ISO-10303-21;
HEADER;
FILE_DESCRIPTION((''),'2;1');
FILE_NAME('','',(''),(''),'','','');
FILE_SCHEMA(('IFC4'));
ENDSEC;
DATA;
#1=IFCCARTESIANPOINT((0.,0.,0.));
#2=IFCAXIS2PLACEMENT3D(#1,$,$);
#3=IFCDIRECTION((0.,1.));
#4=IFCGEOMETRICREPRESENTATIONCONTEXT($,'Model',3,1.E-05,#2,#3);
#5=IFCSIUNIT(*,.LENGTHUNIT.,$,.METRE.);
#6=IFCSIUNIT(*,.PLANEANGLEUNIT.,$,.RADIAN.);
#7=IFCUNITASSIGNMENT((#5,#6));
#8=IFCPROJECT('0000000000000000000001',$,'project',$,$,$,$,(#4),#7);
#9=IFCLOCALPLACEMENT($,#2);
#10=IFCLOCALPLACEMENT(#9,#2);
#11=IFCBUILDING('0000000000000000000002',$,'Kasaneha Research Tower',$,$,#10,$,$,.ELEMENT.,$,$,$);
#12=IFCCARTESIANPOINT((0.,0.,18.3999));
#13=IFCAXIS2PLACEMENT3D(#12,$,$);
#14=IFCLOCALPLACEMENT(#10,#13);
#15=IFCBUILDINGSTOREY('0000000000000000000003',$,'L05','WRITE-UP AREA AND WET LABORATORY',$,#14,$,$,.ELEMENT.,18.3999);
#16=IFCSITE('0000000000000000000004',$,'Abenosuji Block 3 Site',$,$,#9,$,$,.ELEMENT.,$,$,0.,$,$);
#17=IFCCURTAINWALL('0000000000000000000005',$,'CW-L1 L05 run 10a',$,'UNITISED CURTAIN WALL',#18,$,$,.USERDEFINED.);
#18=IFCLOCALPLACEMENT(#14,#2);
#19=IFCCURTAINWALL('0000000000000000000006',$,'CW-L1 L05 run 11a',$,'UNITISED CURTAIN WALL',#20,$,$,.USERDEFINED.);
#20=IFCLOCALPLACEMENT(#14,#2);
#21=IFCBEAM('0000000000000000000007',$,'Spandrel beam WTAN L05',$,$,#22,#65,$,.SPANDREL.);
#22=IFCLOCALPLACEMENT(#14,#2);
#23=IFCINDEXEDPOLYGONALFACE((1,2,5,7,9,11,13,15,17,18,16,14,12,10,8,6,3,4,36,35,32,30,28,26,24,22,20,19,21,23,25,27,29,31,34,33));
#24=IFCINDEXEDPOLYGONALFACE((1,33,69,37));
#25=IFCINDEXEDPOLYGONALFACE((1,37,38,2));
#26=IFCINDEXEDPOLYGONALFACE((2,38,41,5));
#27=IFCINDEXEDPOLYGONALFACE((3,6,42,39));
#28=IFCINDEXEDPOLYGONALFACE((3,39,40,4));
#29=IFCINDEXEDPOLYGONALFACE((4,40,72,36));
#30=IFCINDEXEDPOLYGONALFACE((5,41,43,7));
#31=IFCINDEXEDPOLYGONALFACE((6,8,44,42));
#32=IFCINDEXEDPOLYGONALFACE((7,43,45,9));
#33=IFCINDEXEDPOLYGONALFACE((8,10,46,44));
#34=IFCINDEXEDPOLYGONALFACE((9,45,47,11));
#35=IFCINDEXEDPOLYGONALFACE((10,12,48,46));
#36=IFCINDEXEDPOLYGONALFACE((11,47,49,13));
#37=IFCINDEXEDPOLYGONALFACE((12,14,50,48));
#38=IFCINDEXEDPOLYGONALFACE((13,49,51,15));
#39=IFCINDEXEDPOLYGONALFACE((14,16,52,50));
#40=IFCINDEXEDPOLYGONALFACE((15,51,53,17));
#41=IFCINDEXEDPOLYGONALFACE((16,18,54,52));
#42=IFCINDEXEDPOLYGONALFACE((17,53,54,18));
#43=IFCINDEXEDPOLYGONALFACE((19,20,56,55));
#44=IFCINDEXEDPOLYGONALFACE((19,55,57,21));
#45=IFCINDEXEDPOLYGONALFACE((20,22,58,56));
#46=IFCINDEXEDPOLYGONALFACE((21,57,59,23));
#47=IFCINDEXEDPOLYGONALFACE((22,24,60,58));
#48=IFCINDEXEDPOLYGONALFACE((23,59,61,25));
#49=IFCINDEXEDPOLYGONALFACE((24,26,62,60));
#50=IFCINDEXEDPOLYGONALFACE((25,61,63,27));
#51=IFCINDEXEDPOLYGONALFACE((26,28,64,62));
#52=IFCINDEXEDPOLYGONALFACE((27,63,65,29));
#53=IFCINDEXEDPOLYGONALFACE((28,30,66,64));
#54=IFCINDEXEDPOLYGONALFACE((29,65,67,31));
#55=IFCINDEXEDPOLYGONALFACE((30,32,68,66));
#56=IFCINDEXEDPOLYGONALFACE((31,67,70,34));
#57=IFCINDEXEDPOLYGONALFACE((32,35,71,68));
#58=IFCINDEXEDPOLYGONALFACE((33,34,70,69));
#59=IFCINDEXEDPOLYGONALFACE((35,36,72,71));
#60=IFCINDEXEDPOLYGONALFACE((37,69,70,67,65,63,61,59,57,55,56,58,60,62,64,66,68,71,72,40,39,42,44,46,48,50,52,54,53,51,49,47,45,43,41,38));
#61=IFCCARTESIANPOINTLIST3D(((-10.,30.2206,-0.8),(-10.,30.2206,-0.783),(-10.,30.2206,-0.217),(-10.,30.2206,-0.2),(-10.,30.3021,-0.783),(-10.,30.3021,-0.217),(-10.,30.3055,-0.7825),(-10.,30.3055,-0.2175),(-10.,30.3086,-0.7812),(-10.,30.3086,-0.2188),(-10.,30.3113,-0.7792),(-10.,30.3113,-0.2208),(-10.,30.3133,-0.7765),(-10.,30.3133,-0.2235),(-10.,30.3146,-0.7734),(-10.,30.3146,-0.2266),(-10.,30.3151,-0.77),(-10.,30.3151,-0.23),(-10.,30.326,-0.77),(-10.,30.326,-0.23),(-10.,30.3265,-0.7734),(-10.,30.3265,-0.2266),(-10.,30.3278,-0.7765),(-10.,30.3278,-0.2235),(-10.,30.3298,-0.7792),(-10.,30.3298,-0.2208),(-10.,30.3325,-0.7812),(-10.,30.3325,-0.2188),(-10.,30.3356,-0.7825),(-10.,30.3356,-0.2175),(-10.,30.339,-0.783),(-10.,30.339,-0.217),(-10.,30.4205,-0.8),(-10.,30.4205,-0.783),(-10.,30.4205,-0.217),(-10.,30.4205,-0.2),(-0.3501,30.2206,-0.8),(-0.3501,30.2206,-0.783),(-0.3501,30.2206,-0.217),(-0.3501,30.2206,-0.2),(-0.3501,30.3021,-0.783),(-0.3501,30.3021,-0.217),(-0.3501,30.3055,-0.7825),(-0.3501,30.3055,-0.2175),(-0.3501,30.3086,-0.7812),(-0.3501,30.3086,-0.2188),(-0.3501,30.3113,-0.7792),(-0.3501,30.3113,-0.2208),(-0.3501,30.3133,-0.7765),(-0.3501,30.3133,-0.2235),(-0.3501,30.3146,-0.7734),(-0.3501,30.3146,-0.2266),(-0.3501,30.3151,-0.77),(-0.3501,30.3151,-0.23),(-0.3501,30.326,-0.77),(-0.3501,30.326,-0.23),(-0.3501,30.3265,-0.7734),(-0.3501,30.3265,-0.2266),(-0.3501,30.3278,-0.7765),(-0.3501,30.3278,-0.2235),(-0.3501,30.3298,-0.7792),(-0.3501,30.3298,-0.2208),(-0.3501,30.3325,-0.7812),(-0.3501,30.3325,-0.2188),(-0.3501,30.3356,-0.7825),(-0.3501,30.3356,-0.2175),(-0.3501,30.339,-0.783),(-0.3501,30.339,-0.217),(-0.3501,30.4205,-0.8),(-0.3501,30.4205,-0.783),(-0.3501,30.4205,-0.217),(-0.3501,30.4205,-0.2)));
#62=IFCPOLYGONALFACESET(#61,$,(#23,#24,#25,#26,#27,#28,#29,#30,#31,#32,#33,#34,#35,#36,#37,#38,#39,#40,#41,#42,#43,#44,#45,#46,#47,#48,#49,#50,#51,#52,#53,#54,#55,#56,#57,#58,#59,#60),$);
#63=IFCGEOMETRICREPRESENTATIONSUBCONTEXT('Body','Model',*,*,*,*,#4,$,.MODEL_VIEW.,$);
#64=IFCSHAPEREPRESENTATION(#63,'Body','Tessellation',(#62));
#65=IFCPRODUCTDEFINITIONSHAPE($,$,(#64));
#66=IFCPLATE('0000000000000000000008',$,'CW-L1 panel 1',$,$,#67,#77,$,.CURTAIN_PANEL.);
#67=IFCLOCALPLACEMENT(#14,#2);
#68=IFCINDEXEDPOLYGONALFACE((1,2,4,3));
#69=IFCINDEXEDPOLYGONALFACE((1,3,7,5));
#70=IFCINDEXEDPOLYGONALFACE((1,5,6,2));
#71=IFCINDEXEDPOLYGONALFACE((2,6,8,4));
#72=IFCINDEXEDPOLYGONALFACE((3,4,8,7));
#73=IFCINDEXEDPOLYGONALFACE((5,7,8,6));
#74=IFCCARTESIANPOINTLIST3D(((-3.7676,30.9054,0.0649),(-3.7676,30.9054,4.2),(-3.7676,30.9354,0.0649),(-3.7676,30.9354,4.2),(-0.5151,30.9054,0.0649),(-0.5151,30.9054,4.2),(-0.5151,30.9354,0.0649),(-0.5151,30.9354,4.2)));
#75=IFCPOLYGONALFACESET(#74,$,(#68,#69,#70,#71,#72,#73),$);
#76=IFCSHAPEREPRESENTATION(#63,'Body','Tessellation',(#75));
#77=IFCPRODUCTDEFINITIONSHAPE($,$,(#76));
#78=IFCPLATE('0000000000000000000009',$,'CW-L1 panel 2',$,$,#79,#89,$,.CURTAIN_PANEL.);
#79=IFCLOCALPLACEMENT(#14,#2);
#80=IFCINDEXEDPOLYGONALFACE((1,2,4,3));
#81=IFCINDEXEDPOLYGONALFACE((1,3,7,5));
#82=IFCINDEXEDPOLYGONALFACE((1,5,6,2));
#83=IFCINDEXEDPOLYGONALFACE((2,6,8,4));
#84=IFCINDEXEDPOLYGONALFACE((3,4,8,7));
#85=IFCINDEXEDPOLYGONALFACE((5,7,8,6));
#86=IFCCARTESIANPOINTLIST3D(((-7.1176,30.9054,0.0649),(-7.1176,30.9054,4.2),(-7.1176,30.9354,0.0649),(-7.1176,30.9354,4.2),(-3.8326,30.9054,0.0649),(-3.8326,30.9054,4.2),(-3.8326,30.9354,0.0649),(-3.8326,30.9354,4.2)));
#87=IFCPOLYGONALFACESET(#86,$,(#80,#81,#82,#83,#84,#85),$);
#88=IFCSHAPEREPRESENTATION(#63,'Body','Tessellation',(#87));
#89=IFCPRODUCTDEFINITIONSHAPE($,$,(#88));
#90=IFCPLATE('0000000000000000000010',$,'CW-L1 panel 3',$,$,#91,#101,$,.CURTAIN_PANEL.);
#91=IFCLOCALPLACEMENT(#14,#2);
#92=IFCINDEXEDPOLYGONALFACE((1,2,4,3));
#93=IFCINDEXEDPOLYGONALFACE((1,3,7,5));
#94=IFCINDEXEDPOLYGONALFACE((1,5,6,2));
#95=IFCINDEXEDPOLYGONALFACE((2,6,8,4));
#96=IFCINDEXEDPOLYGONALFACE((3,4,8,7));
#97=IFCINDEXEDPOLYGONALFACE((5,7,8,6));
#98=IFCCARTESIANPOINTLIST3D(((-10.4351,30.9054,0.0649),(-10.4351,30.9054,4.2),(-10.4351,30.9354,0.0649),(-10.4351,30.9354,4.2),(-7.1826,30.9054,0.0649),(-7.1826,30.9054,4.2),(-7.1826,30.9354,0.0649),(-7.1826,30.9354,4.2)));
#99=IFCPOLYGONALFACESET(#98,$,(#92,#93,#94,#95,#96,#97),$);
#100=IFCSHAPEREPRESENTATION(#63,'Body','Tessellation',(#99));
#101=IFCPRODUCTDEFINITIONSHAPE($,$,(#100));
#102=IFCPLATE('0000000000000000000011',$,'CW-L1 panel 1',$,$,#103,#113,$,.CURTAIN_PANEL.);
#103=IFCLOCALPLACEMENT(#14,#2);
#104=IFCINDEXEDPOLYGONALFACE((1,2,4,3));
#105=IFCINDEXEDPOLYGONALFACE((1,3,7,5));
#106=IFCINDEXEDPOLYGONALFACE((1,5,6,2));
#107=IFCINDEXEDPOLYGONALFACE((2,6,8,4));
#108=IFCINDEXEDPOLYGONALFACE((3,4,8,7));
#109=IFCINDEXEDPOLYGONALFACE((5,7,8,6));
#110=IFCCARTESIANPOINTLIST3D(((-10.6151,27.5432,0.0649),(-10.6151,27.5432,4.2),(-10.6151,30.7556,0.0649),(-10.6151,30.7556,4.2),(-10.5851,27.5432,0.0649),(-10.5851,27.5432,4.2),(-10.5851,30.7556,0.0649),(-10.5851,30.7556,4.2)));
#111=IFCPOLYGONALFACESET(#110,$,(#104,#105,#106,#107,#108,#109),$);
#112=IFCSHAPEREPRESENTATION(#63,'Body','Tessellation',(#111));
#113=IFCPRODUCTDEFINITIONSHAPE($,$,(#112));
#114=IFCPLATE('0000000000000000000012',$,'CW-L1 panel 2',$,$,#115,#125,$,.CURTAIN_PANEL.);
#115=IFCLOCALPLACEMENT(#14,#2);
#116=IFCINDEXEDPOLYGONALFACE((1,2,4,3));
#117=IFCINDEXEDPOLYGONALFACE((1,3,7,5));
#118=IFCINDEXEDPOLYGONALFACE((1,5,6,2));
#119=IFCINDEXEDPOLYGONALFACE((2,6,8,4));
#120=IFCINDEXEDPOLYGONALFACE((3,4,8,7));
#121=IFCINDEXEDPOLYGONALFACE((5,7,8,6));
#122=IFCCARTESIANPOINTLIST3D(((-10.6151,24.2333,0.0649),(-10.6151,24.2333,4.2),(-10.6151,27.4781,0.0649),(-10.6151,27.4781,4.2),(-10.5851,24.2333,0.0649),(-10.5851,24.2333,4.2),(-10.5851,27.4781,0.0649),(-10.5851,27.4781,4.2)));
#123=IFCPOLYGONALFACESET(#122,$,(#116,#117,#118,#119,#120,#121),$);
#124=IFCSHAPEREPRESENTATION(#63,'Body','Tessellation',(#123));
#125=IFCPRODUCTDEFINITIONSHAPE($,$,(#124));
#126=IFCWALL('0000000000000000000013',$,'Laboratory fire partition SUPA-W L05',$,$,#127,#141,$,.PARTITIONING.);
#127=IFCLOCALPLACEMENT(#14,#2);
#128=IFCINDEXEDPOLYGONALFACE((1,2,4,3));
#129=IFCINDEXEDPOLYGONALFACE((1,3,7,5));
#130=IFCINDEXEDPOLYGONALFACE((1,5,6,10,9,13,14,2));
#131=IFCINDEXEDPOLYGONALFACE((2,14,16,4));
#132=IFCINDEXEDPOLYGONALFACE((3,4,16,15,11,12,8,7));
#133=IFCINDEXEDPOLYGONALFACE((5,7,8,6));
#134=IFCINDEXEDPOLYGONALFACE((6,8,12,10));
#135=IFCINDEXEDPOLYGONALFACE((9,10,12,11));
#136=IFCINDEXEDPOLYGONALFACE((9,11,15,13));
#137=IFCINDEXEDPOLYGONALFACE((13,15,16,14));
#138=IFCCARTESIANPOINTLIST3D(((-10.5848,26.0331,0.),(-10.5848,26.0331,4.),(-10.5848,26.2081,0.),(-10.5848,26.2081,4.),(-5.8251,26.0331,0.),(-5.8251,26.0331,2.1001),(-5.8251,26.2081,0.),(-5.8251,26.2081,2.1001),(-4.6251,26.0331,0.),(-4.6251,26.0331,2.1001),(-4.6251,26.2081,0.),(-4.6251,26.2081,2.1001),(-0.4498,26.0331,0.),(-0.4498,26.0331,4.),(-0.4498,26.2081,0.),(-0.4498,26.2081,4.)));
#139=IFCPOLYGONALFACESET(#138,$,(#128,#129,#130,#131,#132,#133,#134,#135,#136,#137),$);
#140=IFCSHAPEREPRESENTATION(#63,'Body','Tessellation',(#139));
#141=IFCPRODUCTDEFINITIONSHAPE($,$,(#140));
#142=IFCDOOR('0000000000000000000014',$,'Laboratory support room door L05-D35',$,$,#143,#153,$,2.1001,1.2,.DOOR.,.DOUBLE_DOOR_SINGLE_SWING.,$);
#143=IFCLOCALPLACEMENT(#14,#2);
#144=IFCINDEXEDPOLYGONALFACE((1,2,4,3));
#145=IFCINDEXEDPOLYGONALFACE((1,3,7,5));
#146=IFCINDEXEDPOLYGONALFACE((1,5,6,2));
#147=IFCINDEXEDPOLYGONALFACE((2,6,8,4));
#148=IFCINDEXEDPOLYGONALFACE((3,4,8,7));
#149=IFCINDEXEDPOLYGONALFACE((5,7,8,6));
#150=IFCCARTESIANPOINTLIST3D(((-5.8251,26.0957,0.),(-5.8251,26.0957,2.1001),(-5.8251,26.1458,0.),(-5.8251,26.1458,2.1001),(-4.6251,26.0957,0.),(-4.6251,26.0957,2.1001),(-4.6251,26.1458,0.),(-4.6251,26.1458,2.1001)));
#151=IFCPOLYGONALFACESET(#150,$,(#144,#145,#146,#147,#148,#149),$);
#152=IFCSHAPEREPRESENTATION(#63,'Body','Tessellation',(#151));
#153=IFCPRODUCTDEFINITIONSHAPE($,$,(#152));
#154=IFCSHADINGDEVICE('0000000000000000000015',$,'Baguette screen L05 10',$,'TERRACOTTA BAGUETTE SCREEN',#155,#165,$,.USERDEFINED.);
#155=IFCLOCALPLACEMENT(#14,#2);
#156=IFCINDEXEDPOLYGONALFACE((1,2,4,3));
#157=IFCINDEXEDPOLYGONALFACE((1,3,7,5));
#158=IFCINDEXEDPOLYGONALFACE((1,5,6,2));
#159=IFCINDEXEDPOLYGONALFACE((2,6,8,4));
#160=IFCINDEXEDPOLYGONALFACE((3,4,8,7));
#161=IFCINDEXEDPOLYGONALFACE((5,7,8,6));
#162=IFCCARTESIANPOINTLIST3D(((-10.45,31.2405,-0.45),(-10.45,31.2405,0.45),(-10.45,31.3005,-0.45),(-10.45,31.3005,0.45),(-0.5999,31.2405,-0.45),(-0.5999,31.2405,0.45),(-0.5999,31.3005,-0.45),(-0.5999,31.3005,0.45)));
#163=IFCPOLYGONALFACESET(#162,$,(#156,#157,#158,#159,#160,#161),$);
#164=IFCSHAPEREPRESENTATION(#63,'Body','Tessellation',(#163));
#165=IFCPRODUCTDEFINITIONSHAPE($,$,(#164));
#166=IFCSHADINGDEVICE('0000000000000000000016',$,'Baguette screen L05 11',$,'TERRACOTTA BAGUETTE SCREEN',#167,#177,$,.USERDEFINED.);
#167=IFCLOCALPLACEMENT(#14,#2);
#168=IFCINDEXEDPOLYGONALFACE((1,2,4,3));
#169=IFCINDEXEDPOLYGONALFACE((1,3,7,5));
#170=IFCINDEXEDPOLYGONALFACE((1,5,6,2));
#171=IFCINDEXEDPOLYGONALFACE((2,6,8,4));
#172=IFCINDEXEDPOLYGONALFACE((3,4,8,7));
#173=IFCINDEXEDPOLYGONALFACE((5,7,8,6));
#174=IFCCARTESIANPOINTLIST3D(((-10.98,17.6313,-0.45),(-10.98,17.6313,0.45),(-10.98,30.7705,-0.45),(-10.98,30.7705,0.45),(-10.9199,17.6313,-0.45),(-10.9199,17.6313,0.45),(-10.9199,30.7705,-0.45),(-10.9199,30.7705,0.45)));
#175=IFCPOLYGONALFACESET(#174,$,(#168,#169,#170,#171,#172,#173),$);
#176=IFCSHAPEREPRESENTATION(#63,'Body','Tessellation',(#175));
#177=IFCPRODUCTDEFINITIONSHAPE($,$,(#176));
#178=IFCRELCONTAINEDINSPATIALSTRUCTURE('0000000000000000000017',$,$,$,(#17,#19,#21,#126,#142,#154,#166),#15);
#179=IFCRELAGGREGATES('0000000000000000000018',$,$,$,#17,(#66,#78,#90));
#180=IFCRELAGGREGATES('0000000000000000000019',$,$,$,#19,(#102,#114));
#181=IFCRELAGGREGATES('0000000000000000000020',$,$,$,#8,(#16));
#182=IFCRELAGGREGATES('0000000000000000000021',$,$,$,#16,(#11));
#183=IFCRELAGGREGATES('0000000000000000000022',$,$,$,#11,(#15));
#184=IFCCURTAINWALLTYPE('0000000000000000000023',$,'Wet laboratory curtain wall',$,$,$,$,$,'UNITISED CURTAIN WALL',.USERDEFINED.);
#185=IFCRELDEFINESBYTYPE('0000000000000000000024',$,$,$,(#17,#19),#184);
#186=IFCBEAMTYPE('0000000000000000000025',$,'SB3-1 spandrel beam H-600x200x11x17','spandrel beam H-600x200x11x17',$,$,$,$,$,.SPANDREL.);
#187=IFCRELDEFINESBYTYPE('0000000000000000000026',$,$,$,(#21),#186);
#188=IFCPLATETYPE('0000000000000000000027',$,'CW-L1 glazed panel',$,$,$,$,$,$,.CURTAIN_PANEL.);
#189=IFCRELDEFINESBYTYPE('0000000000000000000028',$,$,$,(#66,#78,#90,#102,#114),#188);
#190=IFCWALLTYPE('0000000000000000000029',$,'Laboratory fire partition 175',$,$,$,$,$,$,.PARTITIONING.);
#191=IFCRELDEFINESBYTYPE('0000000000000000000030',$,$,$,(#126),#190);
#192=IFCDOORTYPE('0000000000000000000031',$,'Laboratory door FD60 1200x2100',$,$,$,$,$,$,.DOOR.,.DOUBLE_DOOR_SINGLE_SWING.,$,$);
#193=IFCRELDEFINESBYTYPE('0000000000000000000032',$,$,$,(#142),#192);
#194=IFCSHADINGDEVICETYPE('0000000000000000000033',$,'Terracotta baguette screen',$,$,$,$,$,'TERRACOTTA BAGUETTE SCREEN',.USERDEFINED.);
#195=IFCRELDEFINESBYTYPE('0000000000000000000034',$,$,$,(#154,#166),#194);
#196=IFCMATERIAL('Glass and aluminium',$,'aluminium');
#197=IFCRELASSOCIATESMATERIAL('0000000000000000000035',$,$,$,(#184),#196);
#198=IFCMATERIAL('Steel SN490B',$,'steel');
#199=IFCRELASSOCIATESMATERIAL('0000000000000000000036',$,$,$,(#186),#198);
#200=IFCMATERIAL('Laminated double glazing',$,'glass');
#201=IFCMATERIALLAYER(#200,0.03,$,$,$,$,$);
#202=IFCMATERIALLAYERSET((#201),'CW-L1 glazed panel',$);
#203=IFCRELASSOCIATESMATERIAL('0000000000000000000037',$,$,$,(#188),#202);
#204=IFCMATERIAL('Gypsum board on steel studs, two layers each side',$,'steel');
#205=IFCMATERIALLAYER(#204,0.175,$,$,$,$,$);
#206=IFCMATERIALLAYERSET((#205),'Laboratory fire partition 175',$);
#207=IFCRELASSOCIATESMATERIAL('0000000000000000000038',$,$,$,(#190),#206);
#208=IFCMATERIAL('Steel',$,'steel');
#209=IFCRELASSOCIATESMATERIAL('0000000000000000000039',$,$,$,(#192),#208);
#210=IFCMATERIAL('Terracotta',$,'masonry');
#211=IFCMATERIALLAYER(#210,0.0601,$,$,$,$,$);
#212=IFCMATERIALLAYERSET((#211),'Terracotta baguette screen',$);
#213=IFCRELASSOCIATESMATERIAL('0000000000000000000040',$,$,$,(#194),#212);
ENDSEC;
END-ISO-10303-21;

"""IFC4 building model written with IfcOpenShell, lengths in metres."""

from ifc_helpers import new_model, si_unit, direction, frame, frame_2d, origin, origin_2d, place, context, subcontext, project, spatial, rectangle, i_section, extrude, material, layer, layer_set, material_profile, profile_set, type_object, element, fill, aggregate, save


model = new_model("IFC4")

# Units and contexts
model_context = context("Model", 3, precision=1e-05, world=origin(), true_north=direction((0.0, 1.0)))
body_context = subcontext(model_context, "Body", "Model", "MODEL_VIEW")
ifc_project = project(units=[si_unit("LENGTHUNIT", "METRE"), si_unit("PLANEANGLEUNIT", "RADIAN")], contexts=[model_context])

# Site, building, storey
site_placement = place(None, origin())
site = spatial("IfcSite", under=ifc_project, at=site_placement, Name="Abenosuji Block 3 Site", CompositionType="ELEMENT", RefElevation=0.0)
building_placement = place(site_placement, origin())
building = spatial("IfcBuilding", under=site, at=building_placement, Name="Kasaneha Research Tower", CompositionType="ELEMENT")
storey_placement = place(building_placement, frame((0.0, 0.0, 18.3999)))
storey = spatial("IfcBuildingStorey", under=building, at=storey_placement, Name="L05", Description="WRITE-UP AREA AND WET LABORATORY", CompositionType="ELEMENT", Elevation=18.3999)

# Curtain walls
ifc_material_1 = material(Name="Glass and aluminium", Category="aluminium")
curtain_wall_type = type_object("IfcCurtainWallType", Name="Wet laboratory curtain wall", ElementType="UNITISED CURTAIN WALL", PredefinedType="USERDEFINED", material=ifc_material_1)
curtain_wall_1_placement = place(storey_placement, origin())
curtain_wall_1 = element("IfcCurtainWall", 1, at=curtain_wall_1_placement, inside=storey, type_object=curtain_wall_type, Name="CW-L1 L05 run 10a", ObjectType="UNITISED CURTAIN WALL", PredefinedType="USERDEFINED")
curtain_wall_2_placement = place(storey_placement, origin())
curtain_wall_2 = element("IfcCurtainWall", 2, at=curtain_wall_2_placement, inside=storey, type_object=curtain_wall_type, Name="CW-L1 L05 run 11a", ObjectType="UNITISED CURTAIN WALL", PredefinedType="USERDEFINED")

# Beam
ifc_material_2 = material(Name="Steel SN490B", Category="steel")
ifc_material_profile_1 = material_profile(ifc_material_2, i_section(OverallWidth=0.2, OverallDepth=0.6001, WebThickness=0.011, FlangeThickness=0.0171, FilletRadius=0.0129, at=origin_2d()), Name="H-600x200x11x17")
ifc_profile_set_1 = profile_set([ifc_material_profile_1], Name="Steel SN490B")
beam_type_1 = type_object("IfcBeamType", Name="SB3-1 spandrel beam H-600x200x11x17", Description="spandrel beam H-600x200x11x17", PredefinedType="SPANDREL", material=ifc_profile_set_1)
beam_1_placement = place(storey_placement, frame((-10.0, 30.3206, -0.5), z_axis=(1.0, 0.0, 0.0), x_axis=(0.0, 1.0, 0.0)))
element("IfcBeam", 3, at=beam_1_placement, inside=storey, type_object=beam_type_1, Name="Spandrel beam WTAN L05", PredefinedType="SPANDREL", context=body_context, shape_type="SweptSolid", body=[
    extrude(i_section(OverallWidth=0.2, OverallDepth=0.6001, WebThickness=0.011, FlangeThickness=0.0171, FilletRadius=0.0129, at=origin_2d()), origin(), (0.0, 0.0, 1.0), 9.6499),
])

# Plates
ifc_material_3 = material(Name="Laminated double glazing", Category="glass")
ifc_layer_1 = layer(ifc_material_3, 0.03)
ifc_layer_set_1 = layer_set([ifc_layer_1], Name="CW-L1 glazed panel")
plate_type = type_object("IfcPlateType", Name="CW-L1 glazed panel", PredefinedType="CURTAIN_PANEL", material=ifc_layer_set_1)
plate_1_placement = place(storey_placement, frame((-2.1414, 30.9204, 0.0649), z_axis=(0.0, 0.0, 1.0), x_axis=(-1.0, 0.0, 0.0)))
plate_1 = element("IfcPlate", 4, at=plate_1_placement, type_object=plate_type, Name="CW-L1 panel 1", PredefinedType="CURTAIN_PANEL", context=body_context, shape_type="SweptSolid", body=[
    extrude(rectangle(XDim=3.2524, YDim=0.03, at=origin_2d()), origin(), (0.0, 0.0, 1.0), 4.135),
])
plate_2_placement = place(storey_placement, frame((-5.4751, 30.9204, 0.0649), z_axis=(0.0, 0.0, 1.0), x_axis=(-1.0, 0.0, 0.0)))
plate_2 = element("IfcPlate", 5, at=plate_2_placement, type_object=plate_type, Name="CW-L1 panel 2", PredefinedType="CURTAIN_PANEL", context=body_context, shape_type="SweptSolid", body=[
    extrude(rectangle(XDim=3.2849, YDim=0.03, at=origin_2d()), origin(), (0.0, 0.0, 1.0), 4.135),
])
plate_3_placement = place(storey_placement, frame((-8.8088, 30.9204, 0.0649), z_axis=(0.0, 0.0, 1.0), x_axis=(-1.0, 0.0, 0.0)))
plate_3 = element("IfcPlate", 6, at=plate_3_placement, type_object=plate_type, Name="CW-L1 panel 3", PredefinedType="CURTAIN_PANEL", context=body_context, shape_type="SweptSolid", body=[
    extrude(rectangle(XDim=3.2524, YDim=0.03, at=origin_2d()), origin(), (0.0, 0.0, 1.0), 4.135),
])
aggregate(curtain_wall_1, [plate_1, plate_2, plate_3])
plate_4_placement = place(storey_placement, frame((-10.6001, 29.1494, 0.0649), z_axis=(0.0, 0.0, 1.0), x_axis=(0.0, -1.0, 0.0)))
plate_4 = element("IfcPlate", 7, at=plate_4_placement, type_object=plate_type, Name="CW-L1 panel 1", PredefinedType="CURTAIN_PANEL", context=body_context, shape_type="SweptSolid", body=[
    extrude(rectangle(XDim=3.2124, YDim=0.03, at=origin_2d()), origin(), (0.0, 0.0, 1.0), 4.135),
])
plate_5_placement = place(storey_placement, frame((-10.6001, 25.8557, 0.0649), z_axis=(0.0, 0.0, 1.0), x_axis=(0.0, -1.0, 0.0)))
plate_5 = element("IfcPlate", 8, at=plate_5_placement, type_object=plate_type, Name="CW-L1 panel 2", PredefinedType="CURTAIN_PANEL", context=body_context, shape_type="SweptSolid", body=[
    extrude(rectangle(XDim=3.2449, YDim=0.03, at=origin_2d()), origin(), (0.0, 0.0, 1.0), 4.135),
])
aggregate(curtain_wall_2, [plate_4, plate_5])

# Wall, opening, door
ifc_material_4 = material(Name="Gypsum board on steel studs, two layers each side", Category="steel")
ifc_layer_2 = layer(ifc_material_4, 0.175)
ifc_layer_set_2 = layer_set([ifc_layer_2], Name="Laboratory fire partition 175")
wall_type = type_object("IfcWallType", Name="Laboratory fire partition 175", PredefinedType="PARTITIONING", material=ifc_layer_set_2)
wall_placement = place(storey_placement, frame((-0.45, 26.1206, 0.0), z_axis=(0.0, 0.0, 1.0), x_axis=(-1.0, 0.0, 0.0)))
wall = element("IfcWall", 9, at=wall_placement, inside=storey, type_object=wall_type, Name="Laboratory fire partition SUPA-W L05", PredefinedType="PARTITIONING", context=body_context, shape_type="SweptSolid", body=[
    extrude(rectangle(XDim=10.135, YDim=0.175, at=frame_2d((5.0674, 0.0))), origin(), (0.0, 0.0, 1.0), 4.0),
])
opening_placement = place(wall_placement, frame((4.175, 0.0, 0.0)))
opening = element("IfcOpeningElement", 10, at=opening_placement, cuts=wall, PredefinedType="OPENING", context=body_context, shape_type="SweptSolid", body=[
    extrude(rectangle(XDim=1.2, YDim=2.1001, at=frame_2d((0.6001, 1.05))), frame((0.0, 0.0977, 0.0), z_axis=(0.0, -1.0, 0.0), x_axis=(1.0, 0.0, 0.0)), (0.0, 0.0, 1.0), 0.1951),
])
ifc_material_5 = material(Name="Steel", Category="steel")
door_type = type_object("IfcDoorType", Name="Laboratory door FD60 1200x2100", OperationType="DOUBLE_DOOR_SINGLE_SWING", PredefinedType="DOOR", material=ifc_material_5)
door_placement = place(opening_placement, origin())
door = element("IfcDoor", 11, at=door_placement, inside=storey, type_object=door_type, Name="Laboratory support room door L05-D35", OperationType="DOUBLE_DOOR_SINGLE_SWING", OverallHeight=2.1001, OverallWidth=1.2, PredefinedType="DOOR", context=body_context, shape_type="SweptSolid", body=[
    extrude(rectangle(XDim=1.2, YDim=2.1001, at=frame_2d((0.6001, 1.05))), frame((0.0, 0.0249, 0.0), z_axis=(0.0, -1.0, 0.0), x_axis=(1.0, 0.0, 0.0)), (0.0, 0.0, 1.0), 0.05),
])
fill(opening, door)

# Shading devices
ifc_material_6 = material(Name="Terracotta", Category="masonry")
ifc_layer_3 = layer(ifc_material_6, 0.0601)
ifc_layer_set_3 = layer_set([ifc_layer_3], Name="Terracotta baguette screen")
shading_device_type = type_object("IfcShadingDeviceType", Name="Terracotta baguette screen", ElementType="TERRACOTTA BAGUETTE SCREEN", PredefinedType="USERDEFINED", material=ifc_layer_set_3)
shading_device_1_placement = place(storey_placement, frame((-5.5249, 31.2705, -0.45), z_axis=(0.0, 0.0, 1.0), x_axis=(-1.0, 0.0, 0.0)))
element("IfcShadingDevice", 12, at=shading_device_1_placement, inside=storey, type_object=shading_device_type, Name="Baguette screen L05 10", ObjectType="TERRACOTTA BAGUETTE SCREEN", PredefinedType="USERDEFINED", context=body_context, shape_type="SweptSolid", body=[
    extrude(rectangle(XDim=9.8501, YDim=0.0601, at=origin_2d()), origin(), (0.0, 0.0, 1.0), 0.8999),
])
shading_device_2_placement = place(storey_placement, frame((-10.95, 24.2009, -0.45), z_axis=(0.0, 0.0, 1.0), x_axis=(0.0, -1.0, 0.0)))
element("IfcShadingDevice", 13, at=shading_device_2_placement, inside=storey, type_object=shading_device_type, Name="Baguette screen L05 11", ObjectType="TERRACOTTA BAGUETTE SCREEN", PredefinedType="USERDEFINED", context=body_context, shape_type="SweptSolid", body=[
    extrude(rectangle(XDim=13.1392, YDim=0.0601, at=origin_2d()), origin(), (0.0, 0.0, 1.0), 0.8999),
])

save(model, "model.ifc")
